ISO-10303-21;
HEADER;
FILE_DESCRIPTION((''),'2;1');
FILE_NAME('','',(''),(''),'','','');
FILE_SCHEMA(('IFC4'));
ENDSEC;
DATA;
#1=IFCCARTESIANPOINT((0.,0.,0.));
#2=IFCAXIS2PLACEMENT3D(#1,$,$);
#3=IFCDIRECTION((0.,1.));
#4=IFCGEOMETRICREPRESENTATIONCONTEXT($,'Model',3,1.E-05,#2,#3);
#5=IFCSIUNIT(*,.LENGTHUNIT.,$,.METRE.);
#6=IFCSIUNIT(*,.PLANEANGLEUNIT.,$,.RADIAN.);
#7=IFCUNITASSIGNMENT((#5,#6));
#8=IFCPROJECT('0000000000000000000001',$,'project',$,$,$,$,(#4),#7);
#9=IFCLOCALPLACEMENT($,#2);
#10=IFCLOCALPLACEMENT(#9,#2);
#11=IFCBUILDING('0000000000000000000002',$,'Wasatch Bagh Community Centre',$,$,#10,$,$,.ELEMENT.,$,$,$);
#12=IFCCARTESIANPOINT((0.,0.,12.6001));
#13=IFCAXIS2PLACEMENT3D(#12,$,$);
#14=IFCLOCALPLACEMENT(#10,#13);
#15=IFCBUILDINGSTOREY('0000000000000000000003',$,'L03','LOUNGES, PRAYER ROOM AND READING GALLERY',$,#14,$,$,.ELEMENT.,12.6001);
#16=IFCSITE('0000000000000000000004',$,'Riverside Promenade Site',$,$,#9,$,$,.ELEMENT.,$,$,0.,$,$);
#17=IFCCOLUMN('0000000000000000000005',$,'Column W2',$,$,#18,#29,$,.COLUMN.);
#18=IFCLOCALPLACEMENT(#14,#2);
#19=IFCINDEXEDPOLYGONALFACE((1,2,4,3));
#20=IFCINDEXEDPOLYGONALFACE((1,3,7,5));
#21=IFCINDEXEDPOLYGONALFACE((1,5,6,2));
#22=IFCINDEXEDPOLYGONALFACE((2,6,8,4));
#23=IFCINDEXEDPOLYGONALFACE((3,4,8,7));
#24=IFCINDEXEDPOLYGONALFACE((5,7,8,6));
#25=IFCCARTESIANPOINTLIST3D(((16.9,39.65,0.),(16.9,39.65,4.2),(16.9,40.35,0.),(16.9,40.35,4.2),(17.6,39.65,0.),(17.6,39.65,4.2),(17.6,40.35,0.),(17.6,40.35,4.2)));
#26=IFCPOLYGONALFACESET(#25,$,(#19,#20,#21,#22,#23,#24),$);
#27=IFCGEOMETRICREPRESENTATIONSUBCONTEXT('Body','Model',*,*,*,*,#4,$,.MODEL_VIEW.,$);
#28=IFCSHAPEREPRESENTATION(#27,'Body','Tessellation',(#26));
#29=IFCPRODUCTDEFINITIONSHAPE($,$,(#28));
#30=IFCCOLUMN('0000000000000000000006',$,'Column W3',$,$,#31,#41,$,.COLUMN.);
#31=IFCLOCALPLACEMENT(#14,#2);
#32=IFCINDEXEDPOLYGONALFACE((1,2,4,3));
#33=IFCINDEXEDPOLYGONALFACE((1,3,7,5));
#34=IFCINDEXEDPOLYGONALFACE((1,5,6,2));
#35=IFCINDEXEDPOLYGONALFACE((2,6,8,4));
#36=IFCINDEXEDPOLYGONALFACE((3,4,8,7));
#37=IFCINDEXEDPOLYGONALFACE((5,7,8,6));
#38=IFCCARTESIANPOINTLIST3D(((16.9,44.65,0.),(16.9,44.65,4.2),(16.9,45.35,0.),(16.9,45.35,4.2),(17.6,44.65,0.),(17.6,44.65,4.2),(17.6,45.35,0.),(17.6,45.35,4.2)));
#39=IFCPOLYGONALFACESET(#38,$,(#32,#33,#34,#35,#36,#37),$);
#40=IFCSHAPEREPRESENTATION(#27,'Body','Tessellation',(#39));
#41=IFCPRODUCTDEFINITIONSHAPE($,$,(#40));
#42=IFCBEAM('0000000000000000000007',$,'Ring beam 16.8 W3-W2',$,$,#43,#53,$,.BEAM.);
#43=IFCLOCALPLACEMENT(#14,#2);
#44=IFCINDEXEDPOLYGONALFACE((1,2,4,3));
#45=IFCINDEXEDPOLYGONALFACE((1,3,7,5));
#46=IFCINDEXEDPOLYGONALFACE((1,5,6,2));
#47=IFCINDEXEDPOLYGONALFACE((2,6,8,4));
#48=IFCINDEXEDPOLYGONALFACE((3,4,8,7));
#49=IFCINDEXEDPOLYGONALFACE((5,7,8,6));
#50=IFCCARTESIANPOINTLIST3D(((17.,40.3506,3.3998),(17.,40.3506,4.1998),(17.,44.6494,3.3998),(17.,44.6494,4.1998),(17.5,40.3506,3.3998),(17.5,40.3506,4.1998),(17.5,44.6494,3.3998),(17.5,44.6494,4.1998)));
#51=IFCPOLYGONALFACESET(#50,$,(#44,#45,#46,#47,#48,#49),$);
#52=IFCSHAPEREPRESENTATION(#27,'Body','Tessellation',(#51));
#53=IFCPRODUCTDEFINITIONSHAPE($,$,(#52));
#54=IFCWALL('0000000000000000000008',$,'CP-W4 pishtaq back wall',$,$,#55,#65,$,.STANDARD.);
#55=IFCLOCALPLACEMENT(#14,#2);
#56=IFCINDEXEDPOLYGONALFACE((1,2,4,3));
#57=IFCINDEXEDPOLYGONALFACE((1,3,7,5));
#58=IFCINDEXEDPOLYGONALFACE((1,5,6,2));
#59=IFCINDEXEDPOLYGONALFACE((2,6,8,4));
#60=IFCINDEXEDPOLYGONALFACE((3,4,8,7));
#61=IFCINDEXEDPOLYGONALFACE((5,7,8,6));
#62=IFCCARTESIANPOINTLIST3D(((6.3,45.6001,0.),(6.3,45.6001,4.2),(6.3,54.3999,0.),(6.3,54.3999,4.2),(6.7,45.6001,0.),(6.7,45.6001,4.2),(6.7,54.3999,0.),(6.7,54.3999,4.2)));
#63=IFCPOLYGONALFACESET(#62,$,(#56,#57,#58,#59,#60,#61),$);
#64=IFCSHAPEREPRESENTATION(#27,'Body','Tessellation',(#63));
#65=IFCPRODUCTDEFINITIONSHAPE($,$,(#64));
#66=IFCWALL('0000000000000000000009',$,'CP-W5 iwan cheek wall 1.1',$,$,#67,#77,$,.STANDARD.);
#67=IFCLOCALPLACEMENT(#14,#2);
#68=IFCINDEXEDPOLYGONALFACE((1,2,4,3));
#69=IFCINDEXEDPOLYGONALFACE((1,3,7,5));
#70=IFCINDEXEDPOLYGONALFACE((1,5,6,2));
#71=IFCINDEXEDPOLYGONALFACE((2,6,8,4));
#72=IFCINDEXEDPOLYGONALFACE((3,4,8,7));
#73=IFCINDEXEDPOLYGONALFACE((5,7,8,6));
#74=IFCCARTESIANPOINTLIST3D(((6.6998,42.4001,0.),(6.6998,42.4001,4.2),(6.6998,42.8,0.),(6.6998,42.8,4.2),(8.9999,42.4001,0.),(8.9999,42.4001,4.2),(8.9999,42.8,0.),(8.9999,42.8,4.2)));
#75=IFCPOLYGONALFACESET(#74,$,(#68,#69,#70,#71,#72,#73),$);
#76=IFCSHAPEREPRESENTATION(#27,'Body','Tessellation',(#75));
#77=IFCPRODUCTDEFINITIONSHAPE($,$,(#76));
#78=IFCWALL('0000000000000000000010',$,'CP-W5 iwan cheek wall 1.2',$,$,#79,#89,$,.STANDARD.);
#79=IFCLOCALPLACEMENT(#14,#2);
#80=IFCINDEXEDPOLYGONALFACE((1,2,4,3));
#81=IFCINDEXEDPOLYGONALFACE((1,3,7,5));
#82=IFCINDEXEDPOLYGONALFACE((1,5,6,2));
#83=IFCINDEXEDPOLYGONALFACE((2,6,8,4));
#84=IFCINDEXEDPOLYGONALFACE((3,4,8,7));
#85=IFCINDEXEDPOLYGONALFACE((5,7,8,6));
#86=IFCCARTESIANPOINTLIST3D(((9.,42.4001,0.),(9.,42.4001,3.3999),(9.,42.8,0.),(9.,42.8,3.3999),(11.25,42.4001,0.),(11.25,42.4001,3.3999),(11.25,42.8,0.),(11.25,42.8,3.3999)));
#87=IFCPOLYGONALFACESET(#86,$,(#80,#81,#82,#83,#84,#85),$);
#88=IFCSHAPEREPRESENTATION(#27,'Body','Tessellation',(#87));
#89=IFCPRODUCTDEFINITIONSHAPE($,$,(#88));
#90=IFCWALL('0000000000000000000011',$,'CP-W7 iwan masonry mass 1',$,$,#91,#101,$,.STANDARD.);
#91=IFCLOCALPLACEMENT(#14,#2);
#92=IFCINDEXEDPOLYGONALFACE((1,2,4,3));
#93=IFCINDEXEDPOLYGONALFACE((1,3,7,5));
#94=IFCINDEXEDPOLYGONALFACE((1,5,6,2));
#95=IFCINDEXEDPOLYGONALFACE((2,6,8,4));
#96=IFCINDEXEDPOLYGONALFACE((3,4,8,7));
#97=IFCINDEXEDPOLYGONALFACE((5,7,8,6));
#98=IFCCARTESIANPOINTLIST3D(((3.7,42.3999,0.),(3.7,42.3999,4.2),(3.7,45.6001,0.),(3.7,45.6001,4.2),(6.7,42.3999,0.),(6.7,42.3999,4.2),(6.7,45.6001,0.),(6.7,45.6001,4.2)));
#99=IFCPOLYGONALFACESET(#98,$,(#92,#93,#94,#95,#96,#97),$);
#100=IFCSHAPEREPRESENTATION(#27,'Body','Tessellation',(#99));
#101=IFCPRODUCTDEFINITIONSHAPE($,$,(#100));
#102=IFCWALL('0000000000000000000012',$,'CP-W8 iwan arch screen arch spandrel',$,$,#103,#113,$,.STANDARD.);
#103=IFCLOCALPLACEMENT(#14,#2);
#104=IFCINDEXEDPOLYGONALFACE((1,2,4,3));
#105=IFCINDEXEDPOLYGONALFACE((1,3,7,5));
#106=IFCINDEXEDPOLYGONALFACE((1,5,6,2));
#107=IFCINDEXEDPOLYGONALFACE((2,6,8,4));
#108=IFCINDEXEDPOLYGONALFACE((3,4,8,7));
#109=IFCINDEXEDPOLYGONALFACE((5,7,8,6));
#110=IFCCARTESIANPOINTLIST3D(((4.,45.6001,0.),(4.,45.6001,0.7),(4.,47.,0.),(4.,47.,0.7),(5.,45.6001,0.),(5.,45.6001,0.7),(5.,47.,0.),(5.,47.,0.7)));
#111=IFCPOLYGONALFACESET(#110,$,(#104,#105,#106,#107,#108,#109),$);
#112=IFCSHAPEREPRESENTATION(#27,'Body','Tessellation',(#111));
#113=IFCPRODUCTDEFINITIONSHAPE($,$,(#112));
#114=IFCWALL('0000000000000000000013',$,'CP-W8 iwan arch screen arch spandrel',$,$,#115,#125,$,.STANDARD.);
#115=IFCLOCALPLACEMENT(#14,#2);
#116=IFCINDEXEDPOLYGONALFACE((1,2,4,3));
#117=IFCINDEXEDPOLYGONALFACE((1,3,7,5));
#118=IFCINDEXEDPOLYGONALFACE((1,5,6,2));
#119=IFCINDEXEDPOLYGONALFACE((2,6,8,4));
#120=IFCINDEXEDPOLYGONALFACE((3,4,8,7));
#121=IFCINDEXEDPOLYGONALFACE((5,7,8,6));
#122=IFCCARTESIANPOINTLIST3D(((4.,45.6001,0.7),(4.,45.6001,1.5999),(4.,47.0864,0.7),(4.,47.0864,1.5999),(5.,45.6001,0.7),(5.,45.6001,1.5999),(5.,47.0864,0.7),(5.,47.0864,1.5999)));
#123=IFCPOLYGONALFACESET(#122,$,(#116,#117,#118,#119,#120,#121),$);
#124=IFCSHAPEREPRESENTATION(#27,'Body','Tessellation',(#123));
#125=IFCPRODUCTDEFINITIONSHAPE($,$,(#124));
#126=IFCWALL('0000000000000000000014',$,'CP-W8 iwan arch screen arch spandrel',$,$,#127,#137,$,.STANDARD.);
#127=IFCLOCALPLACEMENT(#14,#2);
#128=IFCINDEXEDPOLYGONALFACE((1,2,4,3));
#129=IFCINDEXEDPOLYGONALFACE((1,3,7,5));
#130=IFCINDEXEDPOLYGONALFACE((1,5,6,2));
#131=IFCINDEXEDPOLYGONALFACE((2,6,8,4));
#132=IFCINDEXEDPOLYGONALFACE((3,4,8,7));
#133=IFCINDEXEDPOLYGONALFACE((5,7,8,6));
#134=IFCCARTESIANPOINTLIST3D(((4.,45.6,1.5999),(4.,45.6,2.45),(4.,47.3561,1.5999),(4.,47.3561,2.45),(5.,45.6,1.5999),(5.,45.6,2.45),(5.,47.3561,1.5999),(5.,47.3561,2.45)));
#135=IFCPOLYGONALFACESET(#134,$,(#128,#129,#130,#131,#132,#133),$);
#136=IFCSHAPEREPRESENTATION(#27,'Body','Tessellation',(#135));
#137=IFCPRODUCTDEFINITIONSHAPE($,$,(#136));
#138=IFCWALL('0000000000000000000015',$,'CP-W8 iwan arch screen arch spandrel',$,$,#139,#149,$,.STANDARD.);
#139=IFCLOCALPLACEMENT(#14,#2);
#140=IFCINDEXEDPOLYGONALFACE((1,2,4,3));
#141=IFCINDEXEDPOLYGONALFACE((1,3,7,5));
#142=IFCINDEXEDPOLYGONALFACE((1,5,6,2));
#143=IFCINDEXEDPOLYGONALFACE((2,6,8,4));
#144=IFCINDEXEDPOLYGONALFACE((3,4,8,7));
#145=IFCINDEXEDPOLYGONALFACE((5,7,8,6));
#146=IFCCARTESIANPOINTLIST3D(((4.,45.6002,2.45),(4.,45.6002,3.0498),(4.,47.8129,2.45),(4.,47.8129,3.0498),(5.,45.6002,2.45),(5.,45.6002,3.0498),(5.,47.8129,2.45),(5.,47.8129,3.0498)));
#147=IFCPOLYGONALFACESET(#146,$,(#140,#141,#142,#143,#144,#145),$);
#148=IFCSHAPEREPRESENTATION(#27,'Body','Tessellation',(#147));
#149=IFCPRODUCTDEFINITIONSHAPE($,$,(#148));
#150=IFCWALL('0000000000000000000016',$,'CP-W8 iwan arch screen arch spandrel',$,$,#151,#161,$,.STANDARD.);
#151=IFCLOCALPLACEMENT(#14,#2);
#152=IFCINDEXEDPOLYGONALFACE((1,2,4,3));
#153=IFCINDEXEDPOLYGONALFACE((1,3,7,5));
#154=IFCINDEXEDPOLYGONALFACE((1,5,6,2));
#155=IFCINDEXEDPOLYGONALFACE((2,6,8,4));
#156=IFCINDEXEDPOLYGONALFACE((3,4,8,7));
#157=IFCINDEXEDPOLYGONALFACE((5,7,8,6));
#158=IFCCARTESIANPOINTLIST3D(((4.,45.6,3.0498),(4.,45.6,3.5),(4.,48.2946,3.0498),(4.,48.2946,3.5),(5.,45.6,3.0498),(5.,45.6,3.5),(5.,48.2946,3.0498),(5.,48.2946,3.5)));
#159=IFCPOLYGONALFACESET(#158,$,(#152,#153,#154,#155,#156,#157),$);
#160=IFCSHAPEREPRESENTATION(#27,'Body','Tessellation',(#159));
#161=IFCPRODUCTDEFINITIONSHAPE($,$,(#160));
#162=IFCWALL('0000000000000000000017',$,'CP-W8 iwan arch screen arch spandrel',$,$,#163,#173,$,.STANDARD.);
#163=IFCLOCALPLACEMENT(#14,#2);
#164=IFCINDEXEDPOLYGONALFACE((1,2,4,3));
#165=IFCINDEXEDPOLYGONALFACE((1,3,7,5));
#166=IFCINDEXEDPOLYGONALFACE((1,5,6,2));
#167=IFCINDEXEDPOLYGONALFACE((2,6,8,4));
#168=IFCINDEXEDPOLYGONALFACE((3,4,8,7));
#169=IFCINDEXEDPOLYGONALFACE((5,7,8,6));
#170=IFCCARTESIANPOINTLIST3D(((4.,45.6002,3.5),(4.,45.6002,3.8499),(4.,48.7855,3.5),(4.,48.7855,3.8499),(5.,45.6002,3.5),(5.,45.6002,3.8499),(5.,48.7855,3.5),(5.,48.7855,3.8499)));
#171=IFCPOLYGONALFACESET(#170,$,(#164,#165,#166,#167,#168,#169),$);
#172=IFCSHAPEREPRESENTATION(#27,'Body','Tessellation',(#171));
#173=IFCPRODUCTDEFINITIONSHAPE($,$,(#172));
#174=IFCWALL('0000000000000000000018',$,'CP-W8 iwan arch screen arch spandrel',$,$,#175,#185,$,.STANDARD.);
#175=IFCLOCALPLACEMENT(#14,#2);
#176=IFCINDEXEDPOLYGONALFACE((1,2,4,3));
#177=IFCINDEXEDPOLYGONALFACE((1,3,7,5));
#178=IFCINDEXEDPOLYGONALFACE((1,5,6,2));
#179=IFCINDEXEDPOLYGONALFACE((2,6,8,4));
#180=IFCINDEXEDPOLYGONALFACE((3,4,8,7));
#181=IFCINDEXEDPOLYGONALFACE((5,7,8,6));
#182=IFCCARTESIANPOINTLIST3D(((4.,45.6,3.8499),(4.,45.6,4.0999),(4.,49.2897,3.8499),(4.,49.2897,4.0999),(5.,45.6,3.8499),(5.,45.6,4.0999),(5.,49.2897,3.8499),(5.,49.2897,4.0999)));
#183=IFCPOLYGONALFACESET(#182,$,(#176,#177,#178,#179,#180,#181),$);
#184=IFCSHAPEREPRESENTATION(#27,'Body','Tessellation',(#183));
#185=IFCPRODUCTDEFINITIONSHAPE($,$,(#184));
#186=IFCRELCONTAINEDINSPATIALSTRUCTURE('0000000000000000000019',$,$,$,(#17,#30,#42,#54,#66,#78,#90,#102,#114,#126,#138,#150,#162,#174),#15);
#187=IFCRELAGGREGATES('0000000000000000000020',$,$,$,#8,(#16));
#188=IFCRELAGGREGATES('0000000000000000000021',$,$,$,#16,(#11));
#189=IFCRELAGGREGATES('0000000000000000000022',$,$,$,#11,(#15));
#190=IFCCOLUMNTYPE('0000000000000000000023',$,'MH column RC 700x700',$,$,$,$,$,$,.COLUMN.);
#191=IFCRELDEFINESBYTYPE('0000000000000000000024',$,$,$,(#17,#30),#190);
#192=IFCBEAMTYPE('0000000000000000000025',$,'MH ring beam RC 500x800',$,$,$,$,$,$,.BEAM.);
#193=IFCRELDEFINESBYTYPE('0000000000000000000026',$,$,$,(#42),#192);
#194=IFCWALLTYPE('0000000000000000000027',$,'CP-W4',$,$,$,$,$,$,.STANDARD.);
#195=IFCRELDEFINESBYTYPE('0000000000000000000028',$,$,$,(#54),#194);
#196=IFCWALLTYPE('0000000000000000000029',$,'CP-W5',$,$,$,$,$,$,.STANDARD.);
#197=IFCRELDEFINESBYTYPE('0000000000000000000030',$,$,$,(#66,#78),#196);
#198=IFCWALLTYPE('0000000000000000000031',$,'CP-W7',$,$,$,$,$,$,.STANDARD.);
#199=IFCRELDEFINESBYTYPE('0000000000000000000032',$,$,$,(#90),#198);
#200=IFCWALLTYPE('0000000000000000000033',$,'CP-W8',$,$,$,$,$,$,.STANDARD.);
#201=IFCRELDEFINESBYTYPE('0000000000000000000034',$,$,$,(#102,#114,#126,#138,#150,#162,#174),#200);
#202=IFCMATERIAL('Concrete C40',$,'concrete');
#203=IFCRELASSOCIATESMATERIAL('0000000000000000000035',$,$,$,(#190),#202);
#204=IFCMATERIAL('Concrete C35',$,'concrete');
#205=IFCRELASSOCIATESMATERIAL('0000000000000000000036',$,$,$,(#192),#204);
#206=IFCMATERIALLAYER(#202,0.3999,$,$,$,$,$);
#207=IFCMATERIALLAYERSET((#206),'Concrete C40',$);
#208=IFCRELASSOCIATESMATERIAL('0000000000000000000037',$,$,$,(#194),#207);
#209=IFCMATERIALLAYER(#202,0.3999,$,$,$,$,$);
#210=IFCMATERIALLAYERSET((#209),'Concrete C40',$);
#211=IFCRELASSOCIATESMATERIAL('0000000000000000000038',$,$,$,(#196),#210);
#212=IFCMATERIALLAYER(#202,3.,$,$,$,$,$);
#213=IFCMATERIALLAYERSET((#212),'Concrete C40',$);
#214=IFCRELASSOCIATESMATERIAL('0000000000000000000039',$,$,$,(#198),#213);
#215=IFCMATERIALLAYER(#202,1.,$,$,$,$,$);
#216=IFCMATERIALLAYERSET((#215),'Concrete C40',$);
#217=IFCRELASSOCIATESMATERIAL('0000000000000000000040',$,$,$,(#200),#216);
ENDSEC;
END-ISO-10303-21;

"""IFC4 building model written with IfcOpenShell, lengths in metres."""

from ifc_helpers import new_model, si_unit, direction, frame, frame_2d, origin, origin_2d, place, context, subcontext, project, spatial, rectangle, extrude, material, layer, layer_set, material_profile, profile_set, type_object, element, save


model = new_model("IFC4")

# Units and contexts
model_context = context("Model", 3, precision=1e-05, world=origin(), true_north=direction((0.0, 1.0)))
body_context = subcontext(model_context, "Body", "Model", "MODEL_VIEW")
ifc_project = project(units=[si_unit("LENGTHUNIT", "METRE"), si_unit("PLANEANGLEUNIT", "RADIAN")], contexts=[model_context])

# Site, building, storey
site_placement = place(None, origin())
site = spatial("IfcSite", under=ifc_project, at=site_placement, Name="Riverside Promenade Site", CompositionType="ELEMENT", RefElevation=0.0)
building_placement = place(site_placement, origin())
building = spatial("IfcBuilding", under=site, at=building_placement, Name="Wasatch Bagh Community Centre", CompositionType="ELEMENT")
storey_placement = place(building_placement, frame((0.0, 0.0, 12.6001)))
storey = spatial("IfcBuildingStorey", under=building, at=storey_placement, Name="L03", Description="LOUNGES, PRAYER ROOM AND READING GALLERY", CompositionType="ELEMENT", Elevation=12.6001)

# Columns
ifc_material_1 = material(Name="Concrete C40", Category="concrete")
ifc_material_profile_1 = material_profile(ifc_material_1, rectangle(XDim=0.7, YDim=0.7, at=origin_2d()), Name="RC 700x700")
ifc_profile_set_1 = profile_set([ifc_material_profile_1], Name="Concrete C40")
column_type = type_object("IfcColumnType", Name="MH column RC 700x700", PredefinedType="COLUMN", material=ifc_profile_set_1)
for number, where, z_axis, x_axis, name in (
    (1, (17.25, 40.0, 0.0), (0.0, 0.0, 1.0), (1.0, 0.0, 0.0), "Column W2"),
    (2, (17.25, 45.0, 0.0), (0.0, 0.0, 1.0), (1.0, 0.0, 0.0), "Column W3"),
):
    element("IfcColumn", number, at=place(storey_placement, frame(where, z_axis=z_axis, x_axis=x_axis)), inside=storey, type_object=column_type, Name=name, PredefinedType="COLUMN", context=body_context, shape_type="SweptSolid", body=[
        extrude(rectangle(XDim=0.7, YDim=0.7, at=origin_2d()), origin(), (0.0, 0.0, 1.0), 4.2),
    ])

# Beam
ifc_material_2 = material(Name="Concrete C35", Category="concrete")
ifc_material_profile_2 = material_profile(ifc_material_2, rectangle(XDim=0.5, YDim=0.8, at=origin_2d()), Name="RC 500x800")
ifc_profile_set_2 = profile_set([ifc_material_profile_2], Name="Concrete C35")
beam_type = type_object("IfcBeamType", Name="MH ring beam RC 500x800", PredefinedType="BEAM", material=ifc_profile_set_2)
beam_placement = place(storey_placement, frame((17.25, 44.6494, 3.7998), z_axis=(0.0, -1.0, 0.0), x_axis=(1.0, 0.0, 0.0)))
element("IfcBeam", 3, at=beam_placement, inside=storey, type_object=beam_type, Name="Ring beam 16.8 W3-W2", PredefinedType="BEAM", context=body_context, shape_type="SweptSolid", body=[
    extrude(rectangle(XDim=0.5, YDim=0.8, at=origin_2d()), origin(), (0.0, 0.0, 1.0), 4.2988),
])

# Walls
ifc_layer_1 = layer(ifc_material_1, 0.3999)
ifc_layer_set_1 = layer_set([ifc_layer_1], Name="Concrete C40")
wall_type_1 = type_object("IfcWallType", Name="CP-W4", PredefinedType="STANDARD", material=ifc_layer_set_1)
wall_1_placement = place(storey_placement, frame((6.5, 45.6001, 0.0), z_axis=(0.0, 0.0, 1.0), x_axis=(0.0, 1.0, 0.0)))
element("IfcWall", 4, at=wall_1_placement, inside=storey, type_object=wall_type_1, Name="CP-W4 pishtaq back wall", PredefinedType="STANDARD", context=body_context, shape_type="SweptSolid", body=[
    extrude(rectangle(XDim=8.7998, YDim=0.3999, at=frame_2d((4.3999, 0.0))), origin(), (0.0, 0.0, 1.0), 4.2),
])
ifc_layer_2 = layer(ifc_material_1, 0.3999)
ifc_layer_set_2 = layer_set([ifc_layer_2], Name="Concrete C40")
wall_type_2 = type_object("IfcWallType", Name="CP-W5", PredefinedType="STANDARD", material=ifc_layer_set_2)
wall_2_placement = place(storey_placement, frame((6.7, 42.6001, 0.0), z_axis=(0.0, 0.0, 1.0), x_axis=(1.0, 0.0, 0.0)))
element("IfcWall", 5, at=wall_2_placement, inside=storey, type_object=wall_type_2, Name="CP-W5 iwan cheek wall 1.1", PredefinedType="STANDARD", context=body_context, shape_type="SweptSolid", body=[
    extrude(rectangle(XDim=2.3, YDim=0.3999, at=frame_2d((1.1499, 0.0))), origin(), (0.0, 0.0, 1.0), 4.2),
])
wall_3_placement = place(storey_placement, frame((9.0, 42.6001, 0.0), z_axis=(0.0, 0.0, 1.0), x_axis=(1.0, 0.0, 0.0)))
element("IfcWall", 6, at=wall_3_placement, inside=storey, type_object=wall_type_2, Name="CP-W5 iwan cheek wall 1.2", PredefinedType="STANDARD", context=body_context, shape_type="SweptSolid", body=[
    extrude(rectangle(XDim=2.25, YDim=0.3999, at=frame_2d((1.125, 0.0))), origin(), (0.0, 0.0, 1.0), 3.3999),
])
ifc_layer_3 = layer(ifc_material_1, 3.0)
ifc_layer_set_3 = layer_set([ifc_layer_3], Name="Concrete C40")
wall_type_3 = type_object("IfcWallType", Name="CP-W7", PredefinedType="STANDARD", material=ifc_layer_set_3)
wall_4_placement = place(storey_placement, frame((5.2, 42.3999, 0.0), z_axis=(0.0, 0.0, 1.0), x_axis=(0.0, 1.0, 0.0)))
element("IfcWall", 7, at=wall_4_placement, inside=storey, type_object=wall_type_3, Name="CP-W7 iwan masonry mass 1", PredefinedType="STANDARD", context=body_context, shape_type="SweptSolid", body=[
    extrude(rectangle(XDim=3.2002, YDim=3.0, at=frame_2d((1.6001, 0.0))), origin(), (0.0, 0.0, 1.0), 4.2),
])
ifc_layer_4 = layer(ifc_material_1, 1.0)
ifc_layer_set_4 = layer_set([ifc_layer_4], Name="Concrete C40")
wall_type_4 = type_object("IfcWallType", Name="CP-W8", PredefinedType="STANDARD", material=ifc_layer_set_4)
wall_5_placement = place(storey_placement, frame((4.5, 45.6001, 0.0), z_axis=(0.0, 0.0, 1.0), x_axis=(0.0, 1.0, 0.0)))
element("IfcWall", 8, at=wall_5_placement, inside=storey, type_object=wall_type_4, Name="CP-W8 iwan arch screen arch spandrel", PredefinedType="STANDARD", context=body_context, shape_type="SweptSolid", body=[
    extrude(rectangle(XDim=1.3999, YDim=1.0, at=frame_2d((0.7, 0.0))), origin(), (0.0, 0.0, 1.0), 0.7),
])
wall_6_placement = place(storey_placement, frame((4.5, 45.6001, 0.7), z_axis=(0.0, 0.0, 1.0), x_axis=(0.0, 1.0, 0.0)))
element("IfcWall", 9, at=wall_6_placement, inside=storey, type_object=wall_type_4, Name="CP-W8 iwan arch screen arch spandrel", PredefinedType="STANDARD", context=body_context, shape_type="SweptSolid", body=[
    extrude(rectangle(XDim=1.4863, YDim=1.0, at=frame_2d((0.7432, 0.0))), origin(), (0.0, 0.0, 1.0), 0.8999),
])
wall_7_placement = place(storey_placement, frame((4.5, 45.6001, 1.5999), z_axis=(0.0, 0.0, 1.0), x_axis=(0.0, 1.0, 0.0)))
element("IfcWall", 10, at=wall_7_placement, inside=storey, type_object=wall_type_4, Name="CP-W8 iwan arch screen arch spandrel", PredefinedType="STANDARD", context=body_context, shape_type="SweptSolid", body=[
    extrude(rectangle(XDim=1.7561, YDim=1.0, at=frame_2d((0.8779, 0.0))), origin(), (0.0, 0.0, 1.0), 0.8501),
])
wall_8_placement = place(storey_placement, frame((4.5, 45.6001, 2.45), z_axis=(0.0, 0.0, 1.0), x_axis=(0.0, 1.0, 0.0)))
element("IfcWall", 11, at=wall_8_placement, inside=storey, type_object=wall_type_4, Name="CP-W8 iwan arch screen arch spandrel", PredefinedType="STANDARD", context=body_context, shape_type="SweptSolid", body=[
    extrude(rectangle(XDim=2.2126, YDim=1.0, at=frame_2d((1.1064, 0.0))), origin(), (0.0, 0.0, 1.0), 0.5999),
])
wall_9_placement = place(storey_placement, frame((4.5, 45.6001, 3.0498), z_axis=(0.0, 0.0, 1.0), x_axis=(0.0, 1.0, 0.0)))
element("IfcWall", 12, at=wall_9_placement, inside=storey, type_object=wall_type_4, Name="CP-W8 iwan arch screen arch spandrel", PredefinedType="STANDARD", context=body_context, shape_type="SweptSolid", body=[
    extrude(rectangle(XDim=2.6946, YDim=1.0, at=frame_2d((1.3472, 0.0))), origin(), (0.0, 0.0, 1.0), 0.4502),
])
wall_10_placement = place(storey_placement, frame((4.5, 45.6001, 3.5), z_axis=(0.0, 0.0, 1.0), x_axis=(0.0, 1.0, 0.0)))
element("IfcWall", 13, at=wall_10_placement, inside=storey, type_object=wall_type_4, Name="CP-W8 iwan arch screen arch spandrel", PredefinedType="STANDARD", context=body_context, shape_type="SweptSolid", body=[
    extrude(rectangle(XDim=3.1853, YDim=1.0, at=frame_2d((1.5928, 0.0))), origin(), (0.0, 0.0, 1.0), 0.3499),
])
wall_11_placement = place(storey_placement, frame((4.5, 45.6001, 3.8499), z_axis=(0.0, 0.0, 1.0), x_axis=(0.0, 1.0, 0.0)))
element("IfcWall", 14, at=wall_11_placement, inside=storey, type_object=wall_type_4, Name="CP-W8 iwan arch screen arch spandrel", PredefinedType="STANDARD", context=body_context, shape_type="SweptSolid", body=[
    extrude(rectangle(XDim=3.6897, YDim=1.0, at=frame_2d((1.8447, 0.0))), origin(), (0.0, 0.0, 1.0), 0.25),
])

save(model, "model.ifc")
